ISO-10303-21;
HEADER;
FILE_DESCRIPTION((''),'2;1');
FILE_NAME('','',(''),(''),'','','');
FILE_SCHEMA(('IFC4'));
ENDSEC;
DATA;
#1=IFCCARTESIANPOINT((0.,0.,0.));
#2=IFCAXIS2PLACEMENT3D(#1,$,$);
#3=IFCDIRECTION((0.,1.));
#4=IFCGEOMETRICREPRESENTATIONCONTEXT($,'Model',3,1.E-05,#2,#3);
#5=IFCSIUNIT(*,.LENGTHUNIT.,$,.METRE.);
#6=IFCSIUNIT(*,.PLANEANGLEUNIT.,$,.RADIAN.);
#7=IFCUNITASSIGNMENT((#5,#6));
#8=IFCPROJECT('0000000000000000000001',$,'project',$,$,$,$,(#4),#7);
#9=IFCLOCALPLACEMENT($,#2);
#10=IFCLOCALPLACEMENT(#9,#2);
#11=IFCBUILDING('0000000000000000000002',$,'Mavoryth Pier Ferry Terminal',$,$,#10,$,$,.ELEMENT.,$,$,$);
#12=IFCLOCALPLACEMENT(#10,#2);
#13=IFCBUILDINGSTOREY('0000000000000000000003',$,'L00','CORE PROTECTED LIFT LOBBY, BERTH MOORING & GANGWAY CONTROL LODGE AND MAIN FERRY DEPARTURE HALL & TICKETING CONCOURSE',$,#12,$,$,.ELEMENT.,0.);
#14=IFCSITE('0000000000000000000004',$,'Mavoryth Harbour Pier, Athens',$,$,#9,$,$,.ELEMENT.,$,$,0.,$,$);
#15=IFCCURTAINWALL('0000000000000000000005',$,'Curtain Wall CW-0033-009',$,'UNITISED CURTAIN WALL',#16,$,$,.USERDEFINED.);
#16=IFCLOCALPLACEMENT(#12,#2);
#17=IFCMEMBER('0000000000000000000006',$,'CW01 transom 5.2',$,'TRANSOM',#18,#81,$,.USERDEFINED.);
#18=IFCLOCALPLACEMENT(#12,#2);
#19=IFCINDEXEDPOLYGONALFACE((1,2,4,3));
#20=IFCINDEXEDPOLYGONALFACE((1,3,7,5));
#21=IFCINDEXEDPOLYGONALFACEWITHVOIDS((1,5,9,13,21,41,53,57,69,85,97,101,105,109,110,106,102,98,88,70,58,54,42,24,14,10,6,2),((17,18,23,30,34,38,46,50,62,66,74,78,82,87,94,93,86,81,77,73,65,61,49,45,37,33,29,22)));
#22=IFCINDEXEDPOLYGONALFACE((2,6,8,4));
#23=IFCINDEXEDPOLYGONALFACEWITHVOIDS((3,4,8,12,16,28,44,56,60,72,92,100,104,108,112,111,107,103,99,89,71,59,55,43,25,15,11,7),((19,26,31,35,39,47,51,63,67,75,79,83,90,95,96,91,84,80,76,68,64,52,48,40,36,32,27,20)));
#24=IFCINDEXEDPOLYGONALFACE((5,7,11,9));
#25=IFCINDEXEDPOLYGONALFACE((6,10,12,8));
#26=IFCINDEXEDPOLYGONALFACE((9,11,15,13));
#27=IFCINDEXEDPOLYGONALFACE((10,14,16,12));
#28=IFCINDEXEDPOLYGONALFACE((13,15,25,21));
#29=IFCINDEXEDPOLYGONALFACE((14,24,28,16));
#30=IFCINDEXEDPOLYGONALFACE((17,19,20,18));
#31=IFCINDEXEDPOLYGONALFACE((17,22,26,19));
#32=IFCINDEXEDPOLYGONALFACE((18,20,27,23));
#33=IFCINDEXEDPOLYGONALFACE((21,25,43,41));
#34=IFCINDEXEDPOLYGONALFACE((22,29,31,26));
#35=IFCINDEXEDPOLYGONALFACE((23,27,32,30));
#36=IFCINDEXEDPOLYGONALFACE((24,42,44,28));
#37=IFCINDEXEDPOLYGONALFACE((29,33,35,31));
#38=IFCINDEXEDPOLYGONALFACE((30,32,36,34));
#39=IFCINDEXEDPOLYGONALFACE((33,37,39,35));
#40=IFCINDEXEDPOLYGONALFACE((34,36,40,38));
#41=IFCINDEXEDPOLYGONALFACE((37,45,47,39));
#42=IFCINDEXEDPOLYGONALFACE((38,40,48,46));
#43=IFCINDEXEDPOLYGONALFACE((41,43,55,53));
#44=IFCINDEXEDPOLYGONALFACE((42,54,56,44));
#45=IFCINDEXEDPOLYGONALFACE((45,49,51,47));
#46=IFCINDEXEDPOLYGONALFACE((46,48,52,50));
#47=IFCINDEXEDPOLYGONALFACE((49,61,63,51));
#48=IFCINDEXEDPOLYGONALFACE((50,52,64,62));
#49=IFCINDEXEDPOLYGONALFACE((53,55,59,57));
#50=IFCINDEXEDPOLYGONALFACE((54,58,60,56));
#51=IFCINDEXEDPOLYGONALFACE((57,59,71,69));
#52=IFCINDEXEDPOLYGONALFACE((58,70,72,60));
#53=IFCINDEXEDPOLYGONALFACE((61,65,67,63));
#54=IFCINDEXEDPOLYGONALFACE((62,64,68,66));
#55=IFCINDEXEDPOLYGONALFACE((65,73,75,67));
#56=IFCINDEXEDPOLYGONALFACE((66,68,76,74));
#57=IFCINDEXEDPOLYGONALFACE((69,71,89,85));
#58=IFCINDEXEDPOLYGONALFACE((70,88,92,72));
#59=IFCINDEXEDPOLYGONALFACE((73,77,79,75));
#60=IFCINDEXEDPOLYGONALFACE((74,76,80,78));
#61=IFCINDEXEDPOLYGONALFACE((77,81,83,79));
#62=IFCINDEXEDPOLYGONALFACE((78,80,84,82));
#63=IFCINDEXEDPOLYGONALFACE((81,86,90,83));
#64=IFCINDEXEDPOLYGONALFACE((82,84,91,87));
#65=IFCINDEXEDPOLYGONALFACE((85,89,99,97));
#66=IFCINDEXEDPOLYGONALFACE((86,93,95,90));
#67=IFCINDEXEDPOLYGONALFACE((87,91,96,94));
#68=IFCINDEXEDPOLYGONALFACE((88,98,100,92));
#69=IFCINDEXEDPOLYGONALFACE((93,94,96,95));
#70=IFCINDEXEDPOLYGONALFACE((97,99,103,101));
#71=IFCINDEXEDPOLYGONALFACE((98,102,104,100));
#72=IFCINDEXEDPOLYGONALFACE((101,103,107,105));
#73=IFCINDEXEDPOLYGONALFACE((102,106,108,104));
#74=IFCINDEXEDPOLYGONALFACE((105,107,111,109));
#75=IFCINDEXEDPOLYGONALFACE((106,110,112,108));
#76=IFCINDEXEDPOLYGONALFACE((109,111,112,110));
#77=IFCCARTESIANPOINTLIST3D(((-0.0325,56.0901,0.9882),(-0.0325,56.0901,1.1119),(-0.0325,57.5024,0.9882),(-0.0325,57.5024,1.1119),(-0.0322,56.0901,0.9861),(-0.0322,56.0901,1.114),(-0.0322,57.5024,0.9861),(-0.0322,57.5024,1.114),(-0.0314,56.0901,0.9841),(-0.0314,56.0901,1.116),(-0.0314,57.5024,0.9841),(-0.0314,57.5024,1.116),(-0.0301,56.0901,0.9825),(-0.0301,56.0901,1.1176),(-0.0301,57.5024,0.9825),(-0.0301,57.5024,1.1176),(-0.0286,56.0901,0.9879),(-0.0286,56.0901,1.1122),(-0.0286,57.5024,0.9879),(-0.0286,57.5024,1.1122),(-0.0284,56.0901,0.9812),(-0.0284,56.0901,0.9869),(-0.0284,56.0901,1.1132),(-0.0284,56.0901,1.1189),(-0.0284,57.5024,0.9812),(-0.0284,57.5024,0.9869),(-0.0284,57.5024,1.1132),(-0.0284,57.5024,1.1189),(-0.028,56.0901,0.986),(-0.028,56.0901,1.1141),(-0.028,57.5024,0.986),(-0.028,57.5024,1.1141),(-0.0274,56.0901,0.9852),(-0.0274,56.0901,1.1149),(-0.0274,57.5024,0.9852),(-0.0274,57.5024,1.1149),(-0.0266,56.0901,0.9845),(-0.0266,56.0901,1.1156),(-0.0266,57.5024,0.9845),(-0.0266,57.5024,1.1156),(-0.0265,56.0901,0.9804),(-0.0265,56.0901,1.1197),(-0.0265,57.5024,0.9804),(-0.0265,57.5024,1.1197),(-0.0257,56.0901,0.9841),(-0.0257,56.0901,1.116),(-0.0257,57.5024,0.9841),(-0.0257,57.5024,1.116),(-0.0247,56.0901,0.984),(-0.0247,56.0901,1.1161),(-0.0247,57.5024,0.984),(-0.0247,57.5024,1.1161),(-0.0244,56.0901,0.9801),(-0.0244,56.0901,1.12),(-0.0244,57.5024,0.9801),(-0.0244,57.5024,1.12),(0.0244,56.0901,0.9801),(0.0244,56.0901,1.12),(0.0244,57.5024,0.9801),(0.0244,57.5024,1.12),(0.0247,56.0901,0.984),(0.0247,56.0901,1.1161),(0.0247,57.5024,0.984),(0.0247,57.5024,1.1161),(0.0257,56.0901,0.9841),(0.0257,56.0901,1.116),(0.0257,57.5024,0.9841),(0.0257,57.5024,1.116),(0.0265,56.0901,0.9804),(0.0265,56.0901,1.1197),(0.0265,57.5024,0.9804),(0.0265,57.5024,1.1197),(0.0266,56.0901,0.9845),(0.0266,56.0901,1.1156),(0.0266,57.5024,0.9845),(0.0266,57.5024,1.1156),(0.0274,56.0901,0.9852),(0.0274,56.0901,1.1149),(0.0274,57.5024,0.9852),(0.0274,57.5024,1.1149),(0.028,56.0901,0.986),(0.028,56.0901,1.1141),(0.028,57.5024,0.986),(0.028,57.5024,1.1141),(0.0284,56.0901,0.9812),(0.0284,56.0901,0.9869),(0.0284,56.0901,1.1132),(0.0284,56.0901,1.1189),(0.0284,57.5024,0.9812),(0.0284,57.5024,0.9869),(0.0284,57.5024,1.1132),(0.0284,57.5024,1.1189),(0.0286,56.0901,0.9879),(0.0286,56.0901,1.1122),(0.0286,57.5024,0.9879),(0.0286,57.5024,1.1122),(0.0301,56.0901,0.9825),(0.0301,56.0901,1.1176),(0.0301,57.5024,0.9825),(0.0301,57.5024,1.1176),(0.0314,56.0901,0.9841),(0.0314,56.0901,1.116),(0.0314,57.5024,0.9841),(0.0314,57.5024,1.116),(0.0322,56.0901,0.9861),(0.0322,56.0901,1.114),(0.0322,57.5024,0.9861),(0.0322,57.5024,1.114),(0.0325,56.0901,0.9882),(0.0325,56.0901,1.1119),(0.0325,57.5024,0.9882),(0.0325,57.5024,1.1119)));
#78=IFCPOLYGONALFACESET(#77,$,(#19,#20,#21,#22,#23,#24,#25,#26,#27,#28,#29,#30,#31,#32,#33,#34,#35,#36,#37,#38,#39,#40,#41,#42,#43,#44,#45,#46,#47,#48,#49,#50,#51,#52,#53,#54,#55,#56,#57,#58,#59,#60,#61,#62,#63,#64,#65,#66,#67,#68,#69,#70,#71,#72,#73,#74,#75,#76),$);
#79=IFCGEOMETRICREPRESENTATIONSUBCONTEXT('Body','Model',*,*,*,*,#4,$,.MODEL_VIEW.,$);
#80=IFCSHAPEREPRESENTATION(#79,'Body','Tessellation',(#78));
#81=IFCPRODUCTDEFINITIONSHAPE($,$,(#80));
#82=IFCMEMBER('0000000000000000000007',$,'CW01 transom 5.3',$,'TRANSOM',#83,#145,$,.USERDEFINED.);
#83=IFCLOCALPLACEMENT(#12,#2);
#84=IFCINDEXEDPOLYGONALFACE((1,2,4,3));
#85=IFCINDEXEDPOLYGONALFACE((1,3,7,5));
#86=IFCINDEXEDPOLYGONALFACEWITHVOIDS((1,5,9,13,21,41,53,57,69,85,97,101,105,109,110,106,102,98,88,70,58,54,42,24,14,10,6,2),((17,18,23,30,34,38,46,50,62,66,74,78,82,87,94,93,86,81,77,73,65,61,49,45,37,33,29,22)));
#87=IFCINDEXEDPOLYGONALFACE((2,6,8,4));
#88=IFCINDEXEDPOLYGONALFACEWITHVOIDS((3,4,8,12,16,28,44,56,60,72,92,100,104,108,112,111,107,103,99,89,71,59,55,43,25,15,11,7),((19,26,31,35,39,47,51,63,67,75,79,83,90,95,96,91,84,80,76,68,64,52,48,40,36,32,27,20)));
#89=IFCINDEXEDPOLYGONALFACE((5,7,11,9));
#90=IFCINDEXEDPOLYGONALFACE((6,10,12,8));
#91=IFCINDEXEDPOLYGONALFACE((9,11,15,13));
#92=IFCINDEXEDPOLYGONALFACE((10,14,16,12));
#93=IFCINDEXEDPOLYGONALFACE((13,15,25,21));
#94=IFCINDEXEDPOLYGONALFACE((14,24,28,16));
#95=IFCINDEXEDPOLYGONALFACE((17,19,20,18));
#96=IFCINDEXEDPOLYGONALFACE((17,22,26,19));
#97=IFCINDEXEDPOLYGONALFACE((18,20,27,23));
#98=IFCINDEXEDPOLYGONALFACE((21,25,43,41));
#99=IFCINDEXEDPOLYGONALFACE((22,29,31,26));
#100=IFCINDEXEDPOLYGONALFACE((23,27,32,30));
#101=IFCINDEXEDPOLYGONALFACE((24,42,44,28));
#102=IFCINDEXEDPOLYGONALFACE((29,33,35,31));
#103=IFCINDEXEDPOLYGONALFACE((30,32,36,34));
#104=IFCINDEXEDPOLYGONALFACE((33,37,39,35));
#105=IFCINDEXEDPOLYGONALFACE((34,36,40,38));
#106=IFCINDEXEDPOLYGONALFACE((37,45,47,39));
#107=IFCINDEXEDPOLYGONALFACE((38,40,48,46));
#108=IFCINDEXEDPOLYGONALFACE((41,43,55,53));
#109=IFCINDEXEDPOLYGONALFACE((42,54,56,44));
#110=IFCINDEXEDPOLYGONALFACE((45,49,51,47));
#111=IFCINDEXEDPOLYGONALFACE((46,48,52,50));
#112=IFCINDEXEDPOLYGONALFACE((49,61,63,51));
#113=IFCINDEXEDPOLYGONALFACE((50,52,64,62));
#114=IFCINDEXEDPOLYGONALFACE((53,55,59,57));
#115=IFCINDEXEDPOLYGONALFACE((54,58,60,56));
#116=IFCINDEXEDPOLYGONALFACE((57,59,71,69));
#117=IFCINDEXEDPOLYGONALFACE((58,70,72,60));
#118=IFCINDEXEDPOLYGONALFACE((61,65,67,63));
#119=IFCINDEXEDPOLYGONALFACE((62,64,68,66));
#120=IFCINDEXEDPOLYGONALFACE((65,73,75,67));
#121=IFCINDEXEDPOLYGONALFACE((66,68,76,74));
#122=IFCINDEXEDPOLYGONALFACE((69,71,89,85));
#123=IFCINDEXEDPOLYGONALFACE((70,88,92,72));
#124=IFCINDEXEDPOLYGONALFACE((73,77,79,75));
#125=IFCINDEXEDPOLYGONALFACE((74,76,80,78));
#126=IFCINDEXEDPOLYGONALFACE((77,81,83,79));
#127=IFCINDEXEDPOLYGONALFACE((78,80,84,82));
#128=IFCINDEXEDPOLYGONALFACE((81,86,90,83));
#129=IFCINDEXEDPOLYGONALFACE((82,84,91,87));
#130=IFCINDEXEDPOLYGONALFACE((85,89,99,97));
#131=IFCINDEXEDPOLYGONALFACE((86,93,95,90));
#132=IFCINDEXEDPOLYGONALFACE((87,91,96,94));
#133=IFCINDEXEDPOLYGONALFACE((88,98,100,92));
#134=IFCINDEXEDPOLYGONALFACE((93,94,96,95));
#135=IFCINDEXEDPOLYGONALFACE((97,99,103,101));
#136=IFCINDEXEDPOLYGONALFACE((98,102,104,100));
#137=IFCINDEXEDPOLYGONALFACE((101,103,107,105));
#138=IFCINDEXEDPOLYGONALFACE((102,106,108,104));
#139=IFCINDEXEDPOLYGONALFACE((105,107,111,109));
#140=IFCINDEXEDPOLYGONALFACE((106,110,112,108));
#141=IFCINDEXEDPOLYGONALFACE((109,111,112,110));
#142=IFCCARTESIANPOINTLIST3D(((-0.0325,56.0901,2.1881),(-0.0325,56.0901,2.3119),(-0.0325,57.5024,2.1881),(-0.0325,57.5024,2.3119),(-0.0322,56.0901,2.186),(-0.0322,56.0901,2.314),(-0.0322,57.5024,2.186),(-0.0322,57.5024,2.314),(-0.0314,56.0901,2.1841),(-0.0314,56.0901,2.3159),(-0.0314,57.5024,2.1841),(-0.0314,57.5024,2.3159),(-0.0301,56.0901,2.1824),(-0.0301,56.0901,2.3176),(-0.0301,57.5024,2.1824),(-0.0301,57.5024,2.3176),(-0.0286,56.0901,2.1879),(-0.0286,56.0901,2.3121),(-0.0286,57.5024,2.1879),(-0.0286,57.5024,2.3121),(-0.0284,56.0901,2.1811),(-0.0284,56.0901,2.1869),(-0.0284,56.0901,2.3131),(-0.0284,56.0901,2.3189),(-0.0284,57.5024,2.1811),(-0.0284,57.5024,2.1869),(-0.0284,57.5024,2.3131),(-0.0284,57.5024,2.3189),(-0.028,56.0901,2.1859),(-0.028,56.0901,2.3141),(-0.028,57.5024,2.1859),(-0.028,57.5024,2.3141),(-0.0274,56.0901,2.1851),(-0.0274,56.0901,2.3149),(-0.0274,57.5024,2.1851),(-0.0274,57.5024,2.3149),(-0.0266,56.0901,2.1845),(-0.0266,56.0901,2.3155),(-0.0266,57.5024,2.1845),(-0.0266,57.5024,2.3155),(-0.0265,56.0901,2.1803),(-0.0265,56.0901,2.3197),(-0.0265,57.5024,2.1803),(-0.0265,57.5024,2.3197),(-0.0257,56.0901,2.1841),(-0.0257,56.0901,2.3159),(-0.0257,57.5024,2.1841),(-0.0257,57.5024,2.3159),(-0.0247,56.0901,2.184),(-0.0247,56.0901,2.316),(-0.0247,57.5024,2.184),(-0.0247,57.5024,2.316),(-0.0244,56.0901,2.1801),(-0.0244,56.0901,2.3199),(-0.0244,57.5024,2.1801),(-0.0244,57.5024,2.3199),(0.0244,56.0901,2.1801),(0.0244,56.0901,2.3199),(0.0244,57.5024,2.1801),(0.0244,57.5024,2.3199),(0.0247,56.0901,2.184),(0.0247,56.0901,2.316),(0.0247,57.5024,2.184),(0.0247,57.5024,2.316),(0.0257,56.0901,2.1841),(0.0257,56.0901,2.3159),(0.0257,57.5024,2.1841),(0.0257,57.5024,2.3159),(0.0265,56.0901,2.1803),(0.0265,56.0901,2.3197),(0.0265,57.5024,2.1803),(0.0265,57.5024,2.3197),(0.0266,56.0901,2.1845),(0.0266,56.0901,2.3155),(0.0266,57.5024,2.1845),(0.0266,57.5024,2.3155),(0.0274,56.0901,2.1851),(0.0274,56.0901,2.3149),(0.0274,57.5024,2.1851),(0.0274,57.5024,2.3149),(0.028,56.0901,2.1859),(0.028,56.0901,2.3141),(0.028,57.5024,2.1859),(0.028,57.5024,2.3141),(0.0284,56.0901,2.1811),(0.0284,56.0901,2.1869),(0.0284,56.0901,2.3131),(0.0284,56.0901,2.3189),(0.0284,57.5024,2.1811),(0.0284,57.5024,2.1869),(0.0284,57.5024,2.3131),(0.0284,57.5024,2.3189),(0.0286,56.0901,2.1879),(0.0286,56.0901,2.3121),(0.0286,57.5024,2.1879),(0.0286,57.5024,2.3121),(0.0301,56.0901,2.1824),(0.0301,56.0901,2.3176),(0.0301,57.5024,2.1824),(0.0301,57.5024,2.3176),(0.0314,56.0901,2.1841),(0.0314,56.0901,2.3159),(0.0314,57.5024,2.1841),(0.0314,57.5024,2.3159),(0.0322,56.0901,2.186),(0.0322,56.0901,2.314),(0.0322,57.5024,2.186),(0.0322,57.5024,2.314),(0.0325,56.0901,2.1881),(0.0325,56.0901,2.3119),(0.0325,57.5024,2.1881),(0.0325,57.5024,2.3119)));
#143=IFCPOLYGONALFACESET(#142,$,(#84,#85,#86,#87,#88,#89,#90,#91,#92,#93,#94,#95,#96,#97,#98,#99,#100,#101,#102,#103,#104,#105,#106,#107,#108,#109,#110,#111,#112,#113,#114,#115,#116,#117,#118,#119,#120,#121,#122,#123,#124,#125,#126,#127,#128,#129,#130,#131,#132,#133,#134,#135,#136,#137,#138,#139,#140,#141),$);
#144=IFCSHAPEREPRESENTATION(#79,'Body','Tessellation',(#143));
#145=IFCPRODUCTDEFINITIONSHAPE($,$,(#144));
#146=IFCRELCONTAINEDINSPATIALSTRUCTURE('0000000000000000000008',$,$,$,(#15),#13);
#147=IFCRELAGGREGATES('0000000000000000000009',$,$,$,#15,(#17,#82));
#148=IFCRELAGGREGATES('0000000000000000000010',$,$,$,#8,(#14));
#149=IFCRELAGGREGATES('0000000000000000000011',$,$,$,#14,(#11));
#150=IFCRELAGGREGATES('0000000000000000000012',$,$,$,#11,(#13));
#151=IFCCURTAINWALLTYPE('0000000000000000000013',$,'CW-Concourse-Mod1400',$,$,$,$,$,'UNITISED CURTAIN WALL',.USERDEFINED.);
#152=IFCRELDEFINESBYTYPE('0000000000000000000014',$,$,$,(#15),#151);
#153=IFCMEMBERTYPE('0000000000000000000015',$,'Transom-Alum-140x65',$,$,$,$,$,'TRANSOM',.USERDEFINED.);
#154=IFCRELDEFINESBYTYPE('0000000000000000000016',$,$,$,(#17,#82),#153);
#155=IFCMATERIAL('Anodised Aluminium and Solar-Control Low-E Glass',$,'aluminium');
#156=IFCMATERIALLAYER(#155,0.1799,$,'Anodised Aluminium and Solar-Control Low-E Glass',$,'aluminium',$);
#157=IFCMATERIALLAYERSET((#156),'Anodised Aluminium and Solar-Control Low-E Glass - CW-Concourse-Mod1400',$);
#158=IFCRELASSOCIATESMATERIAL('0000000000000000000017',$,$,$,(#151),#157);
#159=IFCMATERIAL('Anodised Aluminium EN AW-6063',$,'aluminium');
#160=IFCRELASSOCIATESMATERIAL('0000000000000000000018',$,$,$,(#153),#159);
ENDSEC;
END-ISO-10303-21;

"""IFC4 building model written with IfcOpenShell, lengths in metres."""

from ifc_helpers import new_model, si_unit, direction, frame, origin, origin_2d, place, context, subcontext, project, spatial, hollow_rectangle, extrude, material, layer, layer_set, material_profile, profile_set, type_object, element, aggregate, save


model = new_model("IFC4")

# Units and contexts
model_context = context("Model", 3, precision=1e-05, world=origin(), true_north=direction((0.0, 1.0)))
body_context = subcontext(model_context, "Body", "Model", "MODEL_VIEW")
ifc_project = project(units=[si_unit("LENGTHUNIT", "METRE"), si_unit("PLANEANGLEUNIT", "RADIAN")], contexts=[model_context])

# Site, building, storey
site_placement = place(None, origin())
site = spatial("IfcSite", under=ifc_project, at=site_placement, Name="Mavoryth Harbour Pier, Athens", CompositionType="ELEMENT", RefElevation=0.0)
building_placement = place(site_placement, origin())
building = spatial("IfcBuilding", under=site, at=building_placement, Name="Mavoryth Pier Ferry Terminal", CompositionType="ELEMENT")
storey_placement = place(building_placement, origin())
storey = spatial("IfcBuildingStorey", under=building, at=storey_placement, Name="L00", Description="CORE PROTECTED LIFT LOBBY, BERTH MOORING & GANGWAY CONTROL LODGE AND MAIN FERRY DEPARTURE HALL & TICKETING CONCOURSE", CompositionType="ELEMENT", Elevation=0.0)

# Curtain wall, members
ifc_material_1 = material(Name="Anodised Aluminium and Solar-Control Low-E Glass", Category="aluminium")
ifc_layer_1 = layer(ifc_material_1, 0.1799, Name="Anodised Aluminium and Solar-Control Low-E Glass", Category="aluminium")
ifc_layer_set_1 = layer_set([ifc_layer_1], Name="Anodised Aluminium and Solar-Control Low-E Glass - CW-Concourse-Mod1400")
curtain_wall_type = type_object("IfcCurtainWallType", Name="CW-Concourse-Mod1400", ElementType="UNITISED CURTAIN WALL", PredefinedType="USERDEFINED", material=ifc_layer_set_1)
curtain_wall_placement = place(storey_placement, origin())
curtain_wall = element("IfcCurtainWall", 1, at=curtain_wall_placement, inside=storey, type_object=curtain_wall_type, Name="Curtain Wall CW-0033-009", ObjectType="UNITISED CURTAIN WALL", PredefinedType="USERDEFINED")
ifc_material_2 = material(Name="Anodised Aluminium EN AW-6063", Category="aluminium")
ifc_material_profile_1 = material_profile(ifc_material_2, hollow_rectangle(XDim=0.0649, YDim=0.1399, WallThickness=0.0039, InnerFilletRadius=0.0039, OuterFilletRadius=0.0081, at=origin_2d()), Name="AL-TRAN 140x65x4", Category="aluminium")
ifc_profile_set_1 = profile_set([ifc_material_profile_1], Name="Anodised Aluminium EN AW-6063 - AL-TRAN 140x65x4")
member_type_1 = type_object("IfcMemberType", Name="Transom-Alum-140x65", ElementType="TRANSOM", PredefinedType="USERDEFINED", material=ifc_profile_set_1)
member_1_placement = place(storey_placement, frame((0.0, 57.5024, 1.05), z_axis=(0.0, -1.0, 0.0), x_axis=(1.0, 0.0, 0.0)))
member_1 = element("IfcMember", 2, at=member_1_placement, type_object=member_type_1, Name="CW01 transom 5.2", ObjectType="TRANSOM", PredefinedType="USERDEFINED", context=body_context, shape_type="SweptSolid", body=[
    extrude(hollow_rectangle(XDim=0.0649, YDim=0.1399, WallThickness=0.0039, InnerFilletRadius=0.0039, OuterFilletRadius=0.0081, at=origin_2d()), origin(), (0.0, 0.0, 1.0), 1.4124),
])
member_2_placement = place(storey_placement, frame((0.0, 57.5024, 2.25), z_axis=(0.0, -1.0, 0.0), x_axis=(1.0, 0.0, 0.0)))
member_2 = element("IfcMember", 3, at=member_2_placement, type_object=member_type_1, Name="CW01 transom 5.3", ObjectType="TRANSOM", PredefinedType="USERDEFINED", context=body_context, shape_type="SweptSolid", body=[
    extrude(hollow_rectangle(XDim=0.0649, YDim=0.1399, WallThickness=0.0039, InnerFilletRadius=0.0039, OuterFilletRadius=0.0081, at=origin_2d()), origin(), (0.0, 0.0, 1.0), 1.4124),
])
aggregate(curtain_wall, [member_1, member_2])

save(model, "model.ifc")
